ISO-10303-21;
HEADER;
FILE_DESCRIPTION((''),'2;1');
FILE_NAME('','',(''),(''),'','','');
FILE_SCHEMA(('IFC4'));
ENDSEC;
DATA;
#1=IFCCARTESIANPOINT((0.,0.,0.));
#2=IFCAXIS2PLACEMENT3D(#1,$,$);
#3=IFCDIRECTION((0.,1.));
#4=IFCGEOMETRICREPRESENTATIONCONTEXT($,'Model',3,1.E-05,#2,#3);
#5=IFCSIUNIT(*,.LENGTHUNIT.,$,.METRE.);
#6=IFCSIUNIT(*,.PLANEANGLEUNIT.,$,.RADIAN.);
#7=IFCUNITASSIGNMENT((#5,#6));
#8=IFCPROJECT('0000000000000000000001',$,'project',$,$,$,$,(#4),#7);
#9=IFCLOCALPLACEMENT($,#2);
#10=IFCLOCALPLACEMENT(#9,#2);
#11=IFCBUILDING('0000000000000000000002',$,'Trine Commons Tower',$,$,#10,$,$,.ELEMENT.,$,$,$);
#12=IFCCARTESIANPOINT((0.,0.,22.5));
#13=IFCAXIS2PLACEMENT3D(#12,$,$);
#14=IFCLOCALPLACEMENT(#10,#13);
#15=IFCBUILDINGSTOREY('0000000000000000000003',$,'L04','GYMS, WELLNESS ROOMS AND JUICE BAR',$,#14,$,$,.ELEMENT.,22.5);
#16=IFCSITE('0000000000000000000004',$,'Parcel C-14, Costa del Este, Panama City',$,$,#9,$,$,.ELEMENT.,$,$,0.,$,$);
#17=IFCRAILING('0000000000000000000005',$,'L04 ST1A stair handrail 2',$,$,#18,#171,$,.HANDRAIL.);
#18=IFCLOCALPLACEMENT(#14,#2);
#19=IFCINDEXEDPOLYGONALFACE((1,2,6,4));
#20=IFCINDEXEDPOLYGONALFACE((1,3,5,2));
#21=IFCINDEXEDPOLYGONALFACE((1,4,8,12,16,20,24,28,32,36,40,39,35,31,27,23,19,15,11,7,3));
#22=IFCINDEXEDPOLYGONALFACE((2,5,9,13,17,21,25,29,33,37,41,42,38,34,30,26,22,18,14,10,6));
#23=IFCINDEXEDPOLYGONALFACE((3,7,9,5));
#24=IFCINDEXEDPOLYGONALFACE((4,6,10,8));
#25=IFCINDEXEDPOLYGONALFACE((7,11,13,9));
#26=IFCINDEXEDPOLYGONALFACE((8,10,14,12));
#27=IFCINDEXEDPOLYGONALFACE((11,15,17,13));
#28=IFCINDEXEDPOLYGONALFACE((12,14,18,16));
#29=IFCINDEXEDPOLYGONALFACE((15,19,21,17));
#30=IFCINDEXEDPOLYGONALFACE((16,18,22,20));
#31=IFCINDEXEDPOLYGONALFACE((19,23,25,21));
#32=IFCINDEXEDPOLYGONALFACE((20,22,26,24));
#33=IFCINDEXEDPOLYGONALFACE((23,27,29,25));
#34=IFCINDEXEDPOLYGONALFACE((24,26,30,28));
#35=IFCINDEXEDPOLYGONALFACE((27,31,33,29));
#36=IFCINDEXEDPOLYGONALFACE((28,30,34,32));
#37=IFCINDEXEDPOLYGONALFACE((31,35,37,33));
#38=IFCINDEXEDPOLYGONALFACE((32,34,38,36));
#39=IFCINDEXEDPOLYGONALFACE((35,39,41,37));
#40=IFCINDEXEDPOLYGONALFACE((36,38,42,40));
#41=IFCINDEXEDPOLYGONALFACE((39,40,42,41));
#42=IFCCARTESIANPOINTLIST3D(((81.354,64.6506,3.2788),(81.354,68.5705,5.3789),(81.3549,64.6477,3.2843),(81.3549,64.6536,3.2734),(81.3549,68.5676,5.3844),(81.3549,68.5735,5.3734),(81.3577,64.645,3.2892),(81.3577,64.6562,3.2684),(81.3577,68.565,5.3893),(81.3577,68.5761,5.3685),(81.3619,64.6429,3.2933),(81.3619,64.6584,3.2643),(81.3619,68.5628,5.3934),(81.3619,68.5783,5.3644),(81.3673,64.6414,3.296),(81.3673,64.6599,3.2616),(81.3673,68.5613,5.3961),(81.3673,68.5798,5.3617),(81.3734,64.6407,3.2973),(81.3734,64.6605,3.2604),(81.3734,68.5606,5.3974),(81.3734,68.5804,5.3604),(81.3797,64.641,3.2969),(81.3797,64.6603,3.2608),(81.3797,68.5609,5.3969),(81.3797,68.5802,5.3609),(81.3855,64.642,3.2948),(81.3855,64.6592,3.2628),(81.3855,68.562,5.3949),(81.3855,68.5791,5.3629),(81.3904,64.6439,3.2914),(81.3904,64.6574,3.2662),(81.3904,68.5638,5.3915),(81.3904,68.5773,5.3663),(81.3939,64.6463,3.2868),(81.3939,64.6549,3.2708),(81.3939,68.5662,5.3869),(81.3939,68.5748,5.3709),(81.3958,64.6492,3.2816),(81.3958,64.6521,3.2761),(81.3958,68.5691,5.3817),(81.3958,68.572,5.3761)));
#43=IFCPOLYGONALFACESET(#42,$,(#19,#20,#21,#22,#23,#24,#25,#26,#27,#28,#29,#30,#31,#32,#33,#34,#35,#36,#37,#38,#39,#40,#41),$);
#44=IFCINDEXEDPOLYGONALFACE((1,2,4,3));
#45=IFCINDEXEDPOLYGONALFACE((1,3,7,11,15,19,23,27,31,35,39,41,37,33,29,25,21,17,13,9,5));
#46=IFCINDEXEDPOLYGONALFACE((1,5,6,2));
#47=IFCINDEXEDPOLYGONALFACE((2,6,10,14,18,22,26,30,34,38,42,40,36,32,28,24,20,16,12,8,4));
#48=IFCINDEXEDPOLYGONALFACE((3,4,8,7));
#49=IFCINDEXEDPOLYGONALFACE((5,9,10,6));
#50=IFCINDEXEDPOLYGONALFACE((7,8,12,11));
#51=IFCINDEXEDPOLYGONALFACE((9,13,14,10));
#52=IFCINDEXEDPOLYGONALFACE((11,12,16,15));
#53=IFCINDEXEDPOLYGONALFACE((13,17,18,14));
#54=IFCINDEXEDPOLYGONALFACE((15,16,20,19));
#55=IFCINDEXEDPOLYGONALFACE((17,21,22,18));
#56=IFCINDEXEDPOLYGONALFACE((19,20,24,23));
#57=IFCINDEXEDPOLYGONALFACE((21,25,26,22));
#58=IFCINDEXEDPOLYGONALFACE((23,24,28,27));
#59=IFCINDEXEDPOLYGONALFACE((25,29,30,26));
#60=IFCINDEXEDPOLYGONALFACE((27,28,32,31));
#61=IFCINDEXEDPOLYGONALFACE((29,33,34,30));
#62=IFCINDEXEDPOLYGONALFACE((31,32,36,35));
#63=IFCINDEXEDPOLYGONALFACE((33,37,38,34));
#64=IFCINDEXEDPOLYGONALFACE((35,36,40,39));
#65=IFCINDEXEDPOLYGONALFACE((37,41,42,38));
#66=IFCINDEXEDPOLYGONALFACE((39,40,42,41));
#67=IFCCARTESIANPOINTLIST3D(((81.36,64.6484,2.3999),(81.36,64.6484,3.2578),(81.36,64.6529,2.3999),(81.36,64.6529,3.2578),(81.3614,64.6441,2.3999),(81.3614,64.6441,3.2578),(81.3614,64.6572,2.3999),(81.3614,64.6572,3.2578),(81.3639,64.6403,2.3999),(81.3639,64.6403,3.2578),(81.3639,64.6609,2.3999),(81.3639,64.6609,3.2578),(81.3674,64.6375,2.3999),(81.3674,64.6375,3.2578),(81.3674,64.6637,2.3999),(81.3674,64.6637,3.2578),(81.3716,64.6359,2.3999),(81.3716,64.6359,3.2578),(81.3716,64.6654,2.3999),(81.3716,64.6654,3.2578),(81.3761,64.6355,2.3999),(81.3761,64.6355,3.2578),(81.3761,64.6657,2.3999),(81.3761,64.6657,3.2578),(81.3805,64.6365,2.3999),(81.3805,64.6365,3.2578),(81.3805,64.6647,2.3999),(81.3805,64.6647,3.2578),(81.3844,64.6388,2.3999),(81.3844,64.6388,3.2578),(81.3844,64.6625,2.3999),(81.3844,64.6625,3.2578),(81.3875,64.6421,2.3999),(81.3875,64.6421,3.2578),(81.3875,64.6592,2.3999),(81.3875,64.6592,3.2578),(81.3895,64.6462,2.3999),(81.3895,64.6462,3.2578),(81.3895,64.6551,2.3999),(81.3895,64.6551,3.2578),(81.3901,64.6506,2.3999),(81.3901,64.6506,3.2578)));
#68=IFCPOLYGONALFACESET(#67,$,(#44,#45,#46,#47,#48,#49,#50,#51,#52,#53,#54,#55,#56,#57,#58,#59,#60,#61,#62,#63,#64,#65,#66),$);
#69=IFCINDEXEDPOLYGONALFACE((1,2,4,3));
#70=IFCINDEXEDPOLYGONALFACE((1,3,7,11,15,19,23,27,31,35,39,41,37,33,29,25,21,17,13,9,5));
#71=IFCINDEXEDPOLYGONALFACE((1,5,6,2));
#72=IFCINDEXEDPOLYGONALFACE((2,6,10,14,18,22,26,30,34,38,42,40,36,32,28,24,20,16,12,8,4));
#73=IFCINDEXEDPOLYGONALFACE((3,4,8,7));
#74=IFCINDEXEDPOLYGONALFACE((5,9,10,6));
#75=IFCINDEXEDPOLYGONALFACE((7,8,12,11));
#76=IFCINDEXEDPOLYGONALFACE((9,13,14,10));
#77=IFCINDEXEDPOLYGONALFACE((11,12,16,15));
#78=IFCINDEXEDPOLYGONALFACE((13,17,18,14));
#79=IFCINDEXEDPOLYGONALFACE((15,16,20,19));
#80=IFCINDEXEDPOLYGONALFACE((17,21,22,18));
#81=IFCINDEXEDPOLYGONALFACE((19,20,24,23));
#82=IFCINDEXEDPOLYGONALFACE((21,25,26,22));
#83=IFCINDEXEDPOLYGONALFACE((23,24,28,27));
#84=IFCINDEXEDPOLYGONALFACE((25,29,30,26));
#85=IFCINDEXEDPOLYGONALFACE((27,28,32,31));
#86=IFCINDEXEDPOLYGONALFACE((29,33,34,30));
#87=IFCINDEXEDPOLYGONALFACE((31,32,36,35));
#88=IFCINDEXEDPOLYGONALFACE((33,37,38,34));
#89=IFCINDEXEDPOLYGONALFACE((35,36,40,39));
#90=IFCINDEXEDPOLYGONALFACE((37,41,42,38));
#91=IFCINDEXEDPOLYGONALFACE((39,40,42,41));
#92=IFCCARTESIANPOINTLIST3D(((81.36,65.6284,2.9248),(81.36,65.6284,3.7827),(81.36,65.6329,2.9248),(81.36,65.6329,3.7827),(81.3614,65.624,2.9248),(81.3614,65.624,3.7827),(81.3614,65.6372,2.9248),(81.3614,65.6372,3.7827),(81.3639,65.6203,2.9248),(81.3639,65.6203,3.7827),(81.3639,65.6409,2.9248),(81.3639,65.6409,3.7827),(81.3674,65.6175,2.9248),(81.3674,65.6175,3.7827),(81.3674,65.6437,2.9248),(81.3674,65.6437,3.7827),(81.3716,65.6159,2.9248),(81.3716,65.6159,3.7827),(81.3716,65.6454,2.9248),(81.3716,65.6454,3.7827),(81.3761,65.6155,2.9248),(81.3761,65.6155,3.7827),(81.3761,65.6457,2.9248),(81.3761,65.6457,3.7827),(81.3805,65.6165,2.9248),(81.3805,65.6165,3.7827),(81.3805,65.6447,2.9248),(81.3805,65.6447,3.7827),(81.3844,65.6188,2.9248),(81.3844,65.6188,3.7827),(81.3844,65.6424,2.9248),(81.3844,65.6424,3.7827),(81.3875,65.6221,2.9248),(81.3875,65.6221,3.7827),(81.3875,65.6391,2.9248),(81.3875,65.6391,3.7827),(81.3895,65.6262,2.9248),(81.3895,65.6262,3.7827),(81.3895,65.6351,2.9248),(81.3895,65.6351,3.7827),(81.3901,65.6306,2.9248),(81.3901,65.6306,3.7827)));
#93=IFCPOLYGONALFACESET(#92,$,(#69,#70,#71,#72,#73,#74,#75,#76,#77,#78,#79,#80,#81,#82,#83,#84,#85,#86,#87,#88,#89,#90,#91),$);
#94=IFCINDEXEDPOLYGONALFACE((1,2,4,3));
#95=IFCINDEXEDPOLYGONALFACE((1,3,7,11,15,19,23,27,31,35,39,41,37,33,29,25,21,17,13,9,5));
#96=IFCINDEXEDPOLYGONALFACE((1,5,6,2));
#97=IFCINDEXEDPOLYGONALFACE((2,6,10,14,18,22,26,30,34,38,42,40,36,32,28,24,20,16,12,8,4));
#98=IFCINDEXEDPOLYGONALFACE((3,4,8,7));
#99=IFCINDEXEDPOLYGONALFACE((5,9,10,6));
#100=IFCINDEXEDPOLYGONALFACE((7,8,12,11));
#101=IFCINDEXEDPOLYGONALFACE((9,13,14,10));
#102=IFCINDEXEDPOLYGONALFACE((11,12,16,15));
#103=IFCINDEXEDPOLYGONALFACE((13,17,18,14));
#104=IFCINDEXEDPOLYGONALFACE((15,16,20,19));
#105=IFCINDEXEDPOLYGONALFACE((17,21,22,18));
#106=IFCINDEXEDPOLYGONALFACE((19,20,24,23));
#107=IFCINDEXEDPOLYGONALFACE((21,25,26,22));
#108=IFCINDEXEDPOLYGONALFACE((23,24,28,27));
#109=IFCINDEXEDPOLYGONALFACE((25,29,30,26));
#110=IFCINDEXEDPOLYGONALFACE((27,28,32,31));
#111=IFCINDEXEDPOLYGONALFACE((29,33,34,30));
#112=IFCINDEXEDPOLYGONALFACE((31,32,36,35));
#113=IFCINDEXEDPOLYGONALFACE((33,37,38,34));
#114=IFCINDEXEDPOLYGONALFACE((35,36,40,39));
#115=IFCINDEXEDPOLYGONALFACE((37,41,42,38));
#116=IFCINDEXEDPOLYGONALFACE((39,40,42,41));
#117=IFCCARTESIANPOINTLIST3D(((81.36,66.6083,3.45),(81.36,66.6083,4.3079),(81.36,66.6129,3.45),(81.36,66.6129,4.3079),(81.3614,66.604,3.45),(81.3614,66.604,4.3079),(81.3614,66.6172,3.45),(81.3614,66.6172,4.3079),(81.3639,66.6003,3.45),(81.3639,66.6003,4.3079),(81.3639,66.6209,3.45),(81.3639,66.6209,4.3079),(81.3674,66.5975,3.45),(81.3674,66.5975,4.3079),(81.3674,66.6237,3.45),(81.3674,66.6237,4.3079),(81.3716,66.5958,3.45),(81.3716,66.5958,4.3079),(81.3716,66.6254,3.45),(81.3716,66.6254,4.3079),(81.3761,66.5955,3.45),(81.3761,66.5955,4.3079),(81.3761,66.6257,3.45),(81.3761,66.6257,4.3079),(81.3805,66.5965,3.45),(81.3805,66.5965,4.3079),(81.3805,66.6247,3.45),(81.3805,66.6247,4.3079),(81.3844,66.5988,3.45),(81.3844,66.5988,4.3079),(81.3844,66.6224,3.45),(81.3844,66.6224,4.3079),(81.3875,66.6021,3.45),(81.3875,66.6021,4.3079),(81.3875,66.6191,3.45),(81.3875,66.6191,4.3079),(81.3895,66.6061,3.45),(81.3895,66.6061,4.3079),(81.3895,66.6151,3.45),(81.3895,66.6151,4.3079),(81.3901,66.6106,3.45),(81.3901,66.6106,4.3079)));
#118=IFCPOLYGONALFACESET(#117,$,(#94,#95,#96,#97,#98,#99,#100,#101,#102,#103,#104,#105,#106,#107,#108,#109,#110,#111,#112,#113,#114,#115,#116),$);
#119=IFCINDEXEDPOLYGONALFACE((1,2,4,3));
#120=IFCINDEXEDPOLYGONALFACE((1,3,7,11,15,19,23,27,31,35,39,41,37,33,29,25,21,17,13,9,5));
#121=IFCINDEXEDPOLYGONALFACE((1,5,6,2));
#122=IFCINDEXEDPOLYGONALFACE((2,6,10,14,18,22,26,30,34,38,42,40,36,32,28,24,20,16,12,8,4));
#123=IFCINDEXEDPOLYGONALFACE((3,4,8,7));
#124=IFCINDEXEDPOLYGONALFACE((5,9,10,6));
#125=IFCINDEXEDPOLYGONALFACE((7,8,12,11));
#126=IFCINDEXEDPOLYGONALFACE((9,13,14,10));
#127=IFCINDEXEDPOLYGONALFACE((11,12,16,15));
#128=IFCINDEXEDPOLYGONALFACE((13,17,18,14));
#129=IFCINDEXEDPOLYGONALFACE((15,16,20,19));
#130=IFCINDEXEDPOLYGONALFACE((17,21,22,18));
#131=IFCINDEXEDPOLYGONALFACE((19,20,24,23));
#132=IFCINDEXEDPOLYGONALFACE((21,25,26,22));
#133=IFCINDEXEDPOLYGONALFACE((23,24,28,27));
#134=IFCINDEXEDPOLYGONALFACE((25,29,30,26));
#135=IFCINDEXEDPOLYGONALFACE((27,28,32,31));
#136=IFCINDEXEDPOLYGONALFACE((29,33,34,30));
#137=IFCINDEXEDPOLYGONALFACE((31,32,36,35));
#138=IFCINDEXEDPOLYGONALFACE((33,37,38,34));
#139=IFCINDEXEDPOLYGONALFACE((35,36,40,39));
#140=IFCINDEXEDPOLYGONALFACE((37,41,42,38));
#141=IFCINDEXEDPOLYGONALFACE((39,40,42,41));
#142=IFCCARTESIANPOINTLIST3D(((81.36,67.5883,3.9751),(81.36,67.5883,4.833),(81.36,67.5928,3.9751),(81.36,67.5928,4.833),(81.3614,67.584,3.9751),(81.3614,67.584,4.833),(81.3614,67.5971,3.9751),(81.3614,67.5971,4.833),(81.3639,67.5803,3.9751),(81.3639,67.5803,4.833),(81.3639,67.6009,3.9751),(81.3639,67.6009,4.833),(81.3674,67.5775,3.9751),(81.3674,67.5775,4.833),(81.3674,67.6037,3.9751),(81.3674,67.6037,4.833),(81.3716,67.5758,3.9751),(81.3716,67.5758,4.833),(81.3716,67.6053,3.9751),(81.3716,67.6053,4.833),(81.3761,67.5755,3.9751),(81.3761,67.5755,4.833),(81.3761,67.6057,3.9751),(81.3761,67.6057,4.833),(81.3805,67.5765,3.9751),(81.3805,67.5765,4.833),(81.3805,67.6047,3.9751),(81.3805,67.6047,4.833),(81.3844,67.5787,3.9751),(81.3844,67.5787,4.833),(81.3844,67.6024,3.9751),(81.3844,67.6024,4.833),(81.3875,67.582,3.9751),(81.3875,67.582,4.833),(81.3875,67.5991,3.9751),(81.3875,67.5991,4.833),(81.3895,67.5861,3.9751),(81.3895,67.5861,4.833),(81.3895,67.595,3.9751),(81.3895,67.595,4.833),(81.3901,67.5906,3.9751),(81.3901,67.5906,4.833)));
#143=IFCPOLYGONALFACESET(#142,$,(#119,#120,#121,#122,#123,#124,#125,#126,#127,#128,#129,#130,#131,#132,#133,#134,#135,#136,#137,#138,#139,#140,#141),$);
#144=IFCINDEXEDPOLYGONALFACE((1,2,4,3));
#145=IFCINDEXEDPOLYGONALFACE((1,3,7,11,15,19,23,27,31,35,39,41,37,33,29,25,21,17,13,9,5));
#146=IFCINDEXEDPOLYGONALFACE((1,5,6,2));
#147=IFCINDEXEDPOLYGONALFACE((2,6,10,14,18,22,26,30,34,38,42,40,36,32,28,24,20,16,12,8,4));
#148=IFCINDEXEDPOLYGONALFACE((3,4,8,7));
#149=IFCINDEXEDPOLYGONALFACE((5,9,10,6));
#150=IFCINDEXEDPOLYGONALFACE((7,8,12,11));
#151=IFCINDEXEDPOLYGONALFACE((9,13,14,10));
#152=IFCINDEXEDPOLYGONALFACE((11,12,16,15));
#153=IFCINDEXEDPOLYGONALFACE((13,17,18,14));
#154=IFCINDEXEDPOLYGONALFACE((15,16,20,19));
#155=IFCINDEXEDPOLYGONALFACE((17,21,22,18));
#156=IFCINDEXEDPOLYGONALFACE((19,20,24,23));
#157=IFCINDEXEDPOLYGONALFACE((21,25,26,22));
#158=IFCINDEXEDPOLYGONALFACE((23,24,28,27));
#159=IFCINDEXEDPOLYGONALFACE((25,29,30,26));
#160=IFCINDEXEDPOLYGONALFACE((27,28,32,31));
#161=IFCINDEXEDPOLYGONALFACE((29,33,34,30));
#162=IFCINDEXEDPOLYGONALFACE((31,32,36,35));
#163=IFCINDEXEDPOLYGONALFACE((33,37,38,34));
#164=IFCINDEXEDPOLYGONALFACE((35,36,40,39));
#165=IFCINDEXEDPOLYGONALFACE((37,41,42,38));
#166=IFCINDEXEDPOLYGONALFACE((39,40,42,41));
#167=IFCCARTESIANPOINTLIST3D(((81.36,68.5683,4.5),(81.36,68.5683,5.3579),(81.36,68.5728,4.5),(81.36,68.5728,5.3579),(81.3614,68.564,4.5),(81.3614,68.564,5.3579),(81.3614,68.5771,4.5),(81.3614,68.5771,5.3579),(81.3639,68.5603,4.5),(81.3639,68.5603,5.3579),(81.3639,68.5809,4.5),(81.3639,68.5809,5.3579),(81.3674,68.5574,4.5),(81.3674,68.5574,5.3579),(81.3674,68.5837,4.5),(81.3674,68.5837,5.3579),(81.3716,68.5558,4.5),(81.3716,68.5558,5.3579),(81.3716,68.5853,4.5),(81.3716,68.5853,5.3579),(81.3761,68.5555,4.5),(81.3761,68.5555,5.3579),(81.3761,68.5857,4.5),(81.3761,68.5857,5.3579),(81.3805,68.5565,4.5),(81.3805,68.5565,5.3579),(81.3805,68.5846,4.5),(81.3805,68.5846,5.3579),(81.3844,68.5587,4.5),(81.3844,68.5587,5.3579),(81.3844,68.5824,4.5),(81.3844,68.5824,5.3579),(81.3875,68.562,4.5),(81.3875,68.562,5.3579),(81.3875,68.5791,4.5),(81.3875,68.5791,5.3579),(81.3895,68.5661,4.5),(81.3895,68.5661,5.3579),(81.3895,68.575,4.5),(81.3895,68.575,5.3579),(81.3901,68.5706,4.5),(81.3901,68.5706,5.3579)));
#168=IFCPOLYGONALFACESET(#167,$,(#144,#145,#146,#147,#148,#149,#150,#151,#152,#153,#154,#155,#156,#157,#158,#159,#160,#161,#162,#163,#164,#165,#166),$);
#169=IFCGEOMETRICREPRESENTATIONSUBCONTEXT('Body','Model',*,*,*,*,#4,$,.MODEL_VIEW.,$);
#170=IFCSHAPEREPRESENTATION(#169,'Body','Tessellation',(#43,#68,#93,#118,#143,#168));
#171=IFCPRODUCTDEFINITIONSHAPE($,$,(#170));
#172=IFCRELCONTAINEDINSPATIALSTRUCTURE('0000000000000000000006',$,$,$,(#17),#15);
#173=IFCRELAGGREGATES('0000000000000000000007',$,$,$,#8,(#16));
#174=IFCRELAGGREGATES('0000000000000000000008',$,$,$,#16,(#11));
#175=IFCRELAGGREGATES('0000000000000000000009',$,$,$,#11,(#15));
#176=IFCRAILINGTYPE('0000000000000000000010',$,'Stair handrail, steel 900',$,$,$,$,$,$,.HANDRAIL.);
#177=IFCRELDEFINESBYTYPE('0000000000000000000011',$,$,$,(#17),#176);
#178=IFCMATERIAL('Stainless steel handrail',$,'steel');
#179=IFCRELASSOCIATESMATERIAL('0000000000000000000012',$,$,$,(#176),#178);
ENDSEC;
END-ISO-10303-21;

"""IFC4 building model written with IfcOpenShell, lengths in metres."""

from ifc_helpers import new_model, si_unit, direction, frame, origin, origin_2d, place, context, subcontext, project, spatial, circle, extrude, material, type_object, element, save


model = new_model("IFC4")

# Units and contexts
model_context = context("Model", 3, precision=1e-05, world=origin(), true_north=direction((0.0, 1.0)))
body_context = subcontext(model_context, "Body", "Model", "MODEL_VIEW")
ifc_project = project(units=[si_unit("LENGTHUNIT", "METRE"), si_unit("PLANEANGLEUNIT", "RADIAN")], contexts=[model_context])

# Site, building, storey
site_placement = place(None, origin())
site = spatial("IfcSite", under=ifc_project, at=site_placement, Name="Parcel C-14, Costa del Este, Panama City", CompositionType="ELEMENT", RefElevation=0.0)
building_placement = place(site_placement, origin())
building = spatial("IfcBuilding", under=site, at=building_placement, Name="Trine Commons Tower", CompositionType="ELEMENT")
storey_placement = place(building_placement, frame((0.0, 0.0, 22.5)))
storey = spatial("IfcBuildingStorey", under=building, at=storey_placement, Name="L04", Description="GYMS, WELLNESS ROOMS AND JUICE BAR", CompositionType="ELEMENT", Elevation=22.5)

# Railing
ifc_material_1 = material(Name="Stainless steel handrail", Category="steel")
railing_type_1 = type_object("IfcRailingType", Name="Stair handrail, steel 900", PredefinedType="HANDRAIL", material=ifc_material_1)
railing_1_placement = place(storey_placement, frame((81.375, 64.6506, 2.3999)))
element("IfcRailing", 1, at=railing_1_placement, inside=storey, type_object=railing_type_1, Name="L04 ST1A stair handrail 2", PredefinedType="HANDRAIL", context=body_context, shape_type="SweptSolid", body=[
    extrude(circle(Radius=0.021, at=origin_2d()), frame((0.0, 0.0, 0.8789), z_axis=(0.0, 0.881467, 0.472246), x_axis=(-1.0, 0.0, 0.0)), (0.0, 0.0, 1.0), 4.447),
    extrude(circle(Radius=0.0151, at=origin_2d()), origin(), (0.0, 0.0, 1.0), 0.8579),
    extrude(circle(Radius=0.0151, at=origin_2d()), frame((0.0, 0.98, 0.5249)), (0.0, 0.0, 1.0), 0.8579),
    extrude(circle(Radius=0.0151, at=origin_2d()), frame((0.0, 1.96, 1.05)), (0.0, 0.0, 1.0), 0.8579),
    extrude(circle(Radius=0.0151, at=origin_2d()), frame((0.0, 2.9399, 1.5752)), (0.0, 0.0, 1.0), 0.8579),
    extrude(circle(Radius=0.0151, at=origin_2d()), frame((0.0, 3.9199, 2.1001)), (0.0, 0.0, 1.0), 0.8579),
])

save(model, "model.ifc")
